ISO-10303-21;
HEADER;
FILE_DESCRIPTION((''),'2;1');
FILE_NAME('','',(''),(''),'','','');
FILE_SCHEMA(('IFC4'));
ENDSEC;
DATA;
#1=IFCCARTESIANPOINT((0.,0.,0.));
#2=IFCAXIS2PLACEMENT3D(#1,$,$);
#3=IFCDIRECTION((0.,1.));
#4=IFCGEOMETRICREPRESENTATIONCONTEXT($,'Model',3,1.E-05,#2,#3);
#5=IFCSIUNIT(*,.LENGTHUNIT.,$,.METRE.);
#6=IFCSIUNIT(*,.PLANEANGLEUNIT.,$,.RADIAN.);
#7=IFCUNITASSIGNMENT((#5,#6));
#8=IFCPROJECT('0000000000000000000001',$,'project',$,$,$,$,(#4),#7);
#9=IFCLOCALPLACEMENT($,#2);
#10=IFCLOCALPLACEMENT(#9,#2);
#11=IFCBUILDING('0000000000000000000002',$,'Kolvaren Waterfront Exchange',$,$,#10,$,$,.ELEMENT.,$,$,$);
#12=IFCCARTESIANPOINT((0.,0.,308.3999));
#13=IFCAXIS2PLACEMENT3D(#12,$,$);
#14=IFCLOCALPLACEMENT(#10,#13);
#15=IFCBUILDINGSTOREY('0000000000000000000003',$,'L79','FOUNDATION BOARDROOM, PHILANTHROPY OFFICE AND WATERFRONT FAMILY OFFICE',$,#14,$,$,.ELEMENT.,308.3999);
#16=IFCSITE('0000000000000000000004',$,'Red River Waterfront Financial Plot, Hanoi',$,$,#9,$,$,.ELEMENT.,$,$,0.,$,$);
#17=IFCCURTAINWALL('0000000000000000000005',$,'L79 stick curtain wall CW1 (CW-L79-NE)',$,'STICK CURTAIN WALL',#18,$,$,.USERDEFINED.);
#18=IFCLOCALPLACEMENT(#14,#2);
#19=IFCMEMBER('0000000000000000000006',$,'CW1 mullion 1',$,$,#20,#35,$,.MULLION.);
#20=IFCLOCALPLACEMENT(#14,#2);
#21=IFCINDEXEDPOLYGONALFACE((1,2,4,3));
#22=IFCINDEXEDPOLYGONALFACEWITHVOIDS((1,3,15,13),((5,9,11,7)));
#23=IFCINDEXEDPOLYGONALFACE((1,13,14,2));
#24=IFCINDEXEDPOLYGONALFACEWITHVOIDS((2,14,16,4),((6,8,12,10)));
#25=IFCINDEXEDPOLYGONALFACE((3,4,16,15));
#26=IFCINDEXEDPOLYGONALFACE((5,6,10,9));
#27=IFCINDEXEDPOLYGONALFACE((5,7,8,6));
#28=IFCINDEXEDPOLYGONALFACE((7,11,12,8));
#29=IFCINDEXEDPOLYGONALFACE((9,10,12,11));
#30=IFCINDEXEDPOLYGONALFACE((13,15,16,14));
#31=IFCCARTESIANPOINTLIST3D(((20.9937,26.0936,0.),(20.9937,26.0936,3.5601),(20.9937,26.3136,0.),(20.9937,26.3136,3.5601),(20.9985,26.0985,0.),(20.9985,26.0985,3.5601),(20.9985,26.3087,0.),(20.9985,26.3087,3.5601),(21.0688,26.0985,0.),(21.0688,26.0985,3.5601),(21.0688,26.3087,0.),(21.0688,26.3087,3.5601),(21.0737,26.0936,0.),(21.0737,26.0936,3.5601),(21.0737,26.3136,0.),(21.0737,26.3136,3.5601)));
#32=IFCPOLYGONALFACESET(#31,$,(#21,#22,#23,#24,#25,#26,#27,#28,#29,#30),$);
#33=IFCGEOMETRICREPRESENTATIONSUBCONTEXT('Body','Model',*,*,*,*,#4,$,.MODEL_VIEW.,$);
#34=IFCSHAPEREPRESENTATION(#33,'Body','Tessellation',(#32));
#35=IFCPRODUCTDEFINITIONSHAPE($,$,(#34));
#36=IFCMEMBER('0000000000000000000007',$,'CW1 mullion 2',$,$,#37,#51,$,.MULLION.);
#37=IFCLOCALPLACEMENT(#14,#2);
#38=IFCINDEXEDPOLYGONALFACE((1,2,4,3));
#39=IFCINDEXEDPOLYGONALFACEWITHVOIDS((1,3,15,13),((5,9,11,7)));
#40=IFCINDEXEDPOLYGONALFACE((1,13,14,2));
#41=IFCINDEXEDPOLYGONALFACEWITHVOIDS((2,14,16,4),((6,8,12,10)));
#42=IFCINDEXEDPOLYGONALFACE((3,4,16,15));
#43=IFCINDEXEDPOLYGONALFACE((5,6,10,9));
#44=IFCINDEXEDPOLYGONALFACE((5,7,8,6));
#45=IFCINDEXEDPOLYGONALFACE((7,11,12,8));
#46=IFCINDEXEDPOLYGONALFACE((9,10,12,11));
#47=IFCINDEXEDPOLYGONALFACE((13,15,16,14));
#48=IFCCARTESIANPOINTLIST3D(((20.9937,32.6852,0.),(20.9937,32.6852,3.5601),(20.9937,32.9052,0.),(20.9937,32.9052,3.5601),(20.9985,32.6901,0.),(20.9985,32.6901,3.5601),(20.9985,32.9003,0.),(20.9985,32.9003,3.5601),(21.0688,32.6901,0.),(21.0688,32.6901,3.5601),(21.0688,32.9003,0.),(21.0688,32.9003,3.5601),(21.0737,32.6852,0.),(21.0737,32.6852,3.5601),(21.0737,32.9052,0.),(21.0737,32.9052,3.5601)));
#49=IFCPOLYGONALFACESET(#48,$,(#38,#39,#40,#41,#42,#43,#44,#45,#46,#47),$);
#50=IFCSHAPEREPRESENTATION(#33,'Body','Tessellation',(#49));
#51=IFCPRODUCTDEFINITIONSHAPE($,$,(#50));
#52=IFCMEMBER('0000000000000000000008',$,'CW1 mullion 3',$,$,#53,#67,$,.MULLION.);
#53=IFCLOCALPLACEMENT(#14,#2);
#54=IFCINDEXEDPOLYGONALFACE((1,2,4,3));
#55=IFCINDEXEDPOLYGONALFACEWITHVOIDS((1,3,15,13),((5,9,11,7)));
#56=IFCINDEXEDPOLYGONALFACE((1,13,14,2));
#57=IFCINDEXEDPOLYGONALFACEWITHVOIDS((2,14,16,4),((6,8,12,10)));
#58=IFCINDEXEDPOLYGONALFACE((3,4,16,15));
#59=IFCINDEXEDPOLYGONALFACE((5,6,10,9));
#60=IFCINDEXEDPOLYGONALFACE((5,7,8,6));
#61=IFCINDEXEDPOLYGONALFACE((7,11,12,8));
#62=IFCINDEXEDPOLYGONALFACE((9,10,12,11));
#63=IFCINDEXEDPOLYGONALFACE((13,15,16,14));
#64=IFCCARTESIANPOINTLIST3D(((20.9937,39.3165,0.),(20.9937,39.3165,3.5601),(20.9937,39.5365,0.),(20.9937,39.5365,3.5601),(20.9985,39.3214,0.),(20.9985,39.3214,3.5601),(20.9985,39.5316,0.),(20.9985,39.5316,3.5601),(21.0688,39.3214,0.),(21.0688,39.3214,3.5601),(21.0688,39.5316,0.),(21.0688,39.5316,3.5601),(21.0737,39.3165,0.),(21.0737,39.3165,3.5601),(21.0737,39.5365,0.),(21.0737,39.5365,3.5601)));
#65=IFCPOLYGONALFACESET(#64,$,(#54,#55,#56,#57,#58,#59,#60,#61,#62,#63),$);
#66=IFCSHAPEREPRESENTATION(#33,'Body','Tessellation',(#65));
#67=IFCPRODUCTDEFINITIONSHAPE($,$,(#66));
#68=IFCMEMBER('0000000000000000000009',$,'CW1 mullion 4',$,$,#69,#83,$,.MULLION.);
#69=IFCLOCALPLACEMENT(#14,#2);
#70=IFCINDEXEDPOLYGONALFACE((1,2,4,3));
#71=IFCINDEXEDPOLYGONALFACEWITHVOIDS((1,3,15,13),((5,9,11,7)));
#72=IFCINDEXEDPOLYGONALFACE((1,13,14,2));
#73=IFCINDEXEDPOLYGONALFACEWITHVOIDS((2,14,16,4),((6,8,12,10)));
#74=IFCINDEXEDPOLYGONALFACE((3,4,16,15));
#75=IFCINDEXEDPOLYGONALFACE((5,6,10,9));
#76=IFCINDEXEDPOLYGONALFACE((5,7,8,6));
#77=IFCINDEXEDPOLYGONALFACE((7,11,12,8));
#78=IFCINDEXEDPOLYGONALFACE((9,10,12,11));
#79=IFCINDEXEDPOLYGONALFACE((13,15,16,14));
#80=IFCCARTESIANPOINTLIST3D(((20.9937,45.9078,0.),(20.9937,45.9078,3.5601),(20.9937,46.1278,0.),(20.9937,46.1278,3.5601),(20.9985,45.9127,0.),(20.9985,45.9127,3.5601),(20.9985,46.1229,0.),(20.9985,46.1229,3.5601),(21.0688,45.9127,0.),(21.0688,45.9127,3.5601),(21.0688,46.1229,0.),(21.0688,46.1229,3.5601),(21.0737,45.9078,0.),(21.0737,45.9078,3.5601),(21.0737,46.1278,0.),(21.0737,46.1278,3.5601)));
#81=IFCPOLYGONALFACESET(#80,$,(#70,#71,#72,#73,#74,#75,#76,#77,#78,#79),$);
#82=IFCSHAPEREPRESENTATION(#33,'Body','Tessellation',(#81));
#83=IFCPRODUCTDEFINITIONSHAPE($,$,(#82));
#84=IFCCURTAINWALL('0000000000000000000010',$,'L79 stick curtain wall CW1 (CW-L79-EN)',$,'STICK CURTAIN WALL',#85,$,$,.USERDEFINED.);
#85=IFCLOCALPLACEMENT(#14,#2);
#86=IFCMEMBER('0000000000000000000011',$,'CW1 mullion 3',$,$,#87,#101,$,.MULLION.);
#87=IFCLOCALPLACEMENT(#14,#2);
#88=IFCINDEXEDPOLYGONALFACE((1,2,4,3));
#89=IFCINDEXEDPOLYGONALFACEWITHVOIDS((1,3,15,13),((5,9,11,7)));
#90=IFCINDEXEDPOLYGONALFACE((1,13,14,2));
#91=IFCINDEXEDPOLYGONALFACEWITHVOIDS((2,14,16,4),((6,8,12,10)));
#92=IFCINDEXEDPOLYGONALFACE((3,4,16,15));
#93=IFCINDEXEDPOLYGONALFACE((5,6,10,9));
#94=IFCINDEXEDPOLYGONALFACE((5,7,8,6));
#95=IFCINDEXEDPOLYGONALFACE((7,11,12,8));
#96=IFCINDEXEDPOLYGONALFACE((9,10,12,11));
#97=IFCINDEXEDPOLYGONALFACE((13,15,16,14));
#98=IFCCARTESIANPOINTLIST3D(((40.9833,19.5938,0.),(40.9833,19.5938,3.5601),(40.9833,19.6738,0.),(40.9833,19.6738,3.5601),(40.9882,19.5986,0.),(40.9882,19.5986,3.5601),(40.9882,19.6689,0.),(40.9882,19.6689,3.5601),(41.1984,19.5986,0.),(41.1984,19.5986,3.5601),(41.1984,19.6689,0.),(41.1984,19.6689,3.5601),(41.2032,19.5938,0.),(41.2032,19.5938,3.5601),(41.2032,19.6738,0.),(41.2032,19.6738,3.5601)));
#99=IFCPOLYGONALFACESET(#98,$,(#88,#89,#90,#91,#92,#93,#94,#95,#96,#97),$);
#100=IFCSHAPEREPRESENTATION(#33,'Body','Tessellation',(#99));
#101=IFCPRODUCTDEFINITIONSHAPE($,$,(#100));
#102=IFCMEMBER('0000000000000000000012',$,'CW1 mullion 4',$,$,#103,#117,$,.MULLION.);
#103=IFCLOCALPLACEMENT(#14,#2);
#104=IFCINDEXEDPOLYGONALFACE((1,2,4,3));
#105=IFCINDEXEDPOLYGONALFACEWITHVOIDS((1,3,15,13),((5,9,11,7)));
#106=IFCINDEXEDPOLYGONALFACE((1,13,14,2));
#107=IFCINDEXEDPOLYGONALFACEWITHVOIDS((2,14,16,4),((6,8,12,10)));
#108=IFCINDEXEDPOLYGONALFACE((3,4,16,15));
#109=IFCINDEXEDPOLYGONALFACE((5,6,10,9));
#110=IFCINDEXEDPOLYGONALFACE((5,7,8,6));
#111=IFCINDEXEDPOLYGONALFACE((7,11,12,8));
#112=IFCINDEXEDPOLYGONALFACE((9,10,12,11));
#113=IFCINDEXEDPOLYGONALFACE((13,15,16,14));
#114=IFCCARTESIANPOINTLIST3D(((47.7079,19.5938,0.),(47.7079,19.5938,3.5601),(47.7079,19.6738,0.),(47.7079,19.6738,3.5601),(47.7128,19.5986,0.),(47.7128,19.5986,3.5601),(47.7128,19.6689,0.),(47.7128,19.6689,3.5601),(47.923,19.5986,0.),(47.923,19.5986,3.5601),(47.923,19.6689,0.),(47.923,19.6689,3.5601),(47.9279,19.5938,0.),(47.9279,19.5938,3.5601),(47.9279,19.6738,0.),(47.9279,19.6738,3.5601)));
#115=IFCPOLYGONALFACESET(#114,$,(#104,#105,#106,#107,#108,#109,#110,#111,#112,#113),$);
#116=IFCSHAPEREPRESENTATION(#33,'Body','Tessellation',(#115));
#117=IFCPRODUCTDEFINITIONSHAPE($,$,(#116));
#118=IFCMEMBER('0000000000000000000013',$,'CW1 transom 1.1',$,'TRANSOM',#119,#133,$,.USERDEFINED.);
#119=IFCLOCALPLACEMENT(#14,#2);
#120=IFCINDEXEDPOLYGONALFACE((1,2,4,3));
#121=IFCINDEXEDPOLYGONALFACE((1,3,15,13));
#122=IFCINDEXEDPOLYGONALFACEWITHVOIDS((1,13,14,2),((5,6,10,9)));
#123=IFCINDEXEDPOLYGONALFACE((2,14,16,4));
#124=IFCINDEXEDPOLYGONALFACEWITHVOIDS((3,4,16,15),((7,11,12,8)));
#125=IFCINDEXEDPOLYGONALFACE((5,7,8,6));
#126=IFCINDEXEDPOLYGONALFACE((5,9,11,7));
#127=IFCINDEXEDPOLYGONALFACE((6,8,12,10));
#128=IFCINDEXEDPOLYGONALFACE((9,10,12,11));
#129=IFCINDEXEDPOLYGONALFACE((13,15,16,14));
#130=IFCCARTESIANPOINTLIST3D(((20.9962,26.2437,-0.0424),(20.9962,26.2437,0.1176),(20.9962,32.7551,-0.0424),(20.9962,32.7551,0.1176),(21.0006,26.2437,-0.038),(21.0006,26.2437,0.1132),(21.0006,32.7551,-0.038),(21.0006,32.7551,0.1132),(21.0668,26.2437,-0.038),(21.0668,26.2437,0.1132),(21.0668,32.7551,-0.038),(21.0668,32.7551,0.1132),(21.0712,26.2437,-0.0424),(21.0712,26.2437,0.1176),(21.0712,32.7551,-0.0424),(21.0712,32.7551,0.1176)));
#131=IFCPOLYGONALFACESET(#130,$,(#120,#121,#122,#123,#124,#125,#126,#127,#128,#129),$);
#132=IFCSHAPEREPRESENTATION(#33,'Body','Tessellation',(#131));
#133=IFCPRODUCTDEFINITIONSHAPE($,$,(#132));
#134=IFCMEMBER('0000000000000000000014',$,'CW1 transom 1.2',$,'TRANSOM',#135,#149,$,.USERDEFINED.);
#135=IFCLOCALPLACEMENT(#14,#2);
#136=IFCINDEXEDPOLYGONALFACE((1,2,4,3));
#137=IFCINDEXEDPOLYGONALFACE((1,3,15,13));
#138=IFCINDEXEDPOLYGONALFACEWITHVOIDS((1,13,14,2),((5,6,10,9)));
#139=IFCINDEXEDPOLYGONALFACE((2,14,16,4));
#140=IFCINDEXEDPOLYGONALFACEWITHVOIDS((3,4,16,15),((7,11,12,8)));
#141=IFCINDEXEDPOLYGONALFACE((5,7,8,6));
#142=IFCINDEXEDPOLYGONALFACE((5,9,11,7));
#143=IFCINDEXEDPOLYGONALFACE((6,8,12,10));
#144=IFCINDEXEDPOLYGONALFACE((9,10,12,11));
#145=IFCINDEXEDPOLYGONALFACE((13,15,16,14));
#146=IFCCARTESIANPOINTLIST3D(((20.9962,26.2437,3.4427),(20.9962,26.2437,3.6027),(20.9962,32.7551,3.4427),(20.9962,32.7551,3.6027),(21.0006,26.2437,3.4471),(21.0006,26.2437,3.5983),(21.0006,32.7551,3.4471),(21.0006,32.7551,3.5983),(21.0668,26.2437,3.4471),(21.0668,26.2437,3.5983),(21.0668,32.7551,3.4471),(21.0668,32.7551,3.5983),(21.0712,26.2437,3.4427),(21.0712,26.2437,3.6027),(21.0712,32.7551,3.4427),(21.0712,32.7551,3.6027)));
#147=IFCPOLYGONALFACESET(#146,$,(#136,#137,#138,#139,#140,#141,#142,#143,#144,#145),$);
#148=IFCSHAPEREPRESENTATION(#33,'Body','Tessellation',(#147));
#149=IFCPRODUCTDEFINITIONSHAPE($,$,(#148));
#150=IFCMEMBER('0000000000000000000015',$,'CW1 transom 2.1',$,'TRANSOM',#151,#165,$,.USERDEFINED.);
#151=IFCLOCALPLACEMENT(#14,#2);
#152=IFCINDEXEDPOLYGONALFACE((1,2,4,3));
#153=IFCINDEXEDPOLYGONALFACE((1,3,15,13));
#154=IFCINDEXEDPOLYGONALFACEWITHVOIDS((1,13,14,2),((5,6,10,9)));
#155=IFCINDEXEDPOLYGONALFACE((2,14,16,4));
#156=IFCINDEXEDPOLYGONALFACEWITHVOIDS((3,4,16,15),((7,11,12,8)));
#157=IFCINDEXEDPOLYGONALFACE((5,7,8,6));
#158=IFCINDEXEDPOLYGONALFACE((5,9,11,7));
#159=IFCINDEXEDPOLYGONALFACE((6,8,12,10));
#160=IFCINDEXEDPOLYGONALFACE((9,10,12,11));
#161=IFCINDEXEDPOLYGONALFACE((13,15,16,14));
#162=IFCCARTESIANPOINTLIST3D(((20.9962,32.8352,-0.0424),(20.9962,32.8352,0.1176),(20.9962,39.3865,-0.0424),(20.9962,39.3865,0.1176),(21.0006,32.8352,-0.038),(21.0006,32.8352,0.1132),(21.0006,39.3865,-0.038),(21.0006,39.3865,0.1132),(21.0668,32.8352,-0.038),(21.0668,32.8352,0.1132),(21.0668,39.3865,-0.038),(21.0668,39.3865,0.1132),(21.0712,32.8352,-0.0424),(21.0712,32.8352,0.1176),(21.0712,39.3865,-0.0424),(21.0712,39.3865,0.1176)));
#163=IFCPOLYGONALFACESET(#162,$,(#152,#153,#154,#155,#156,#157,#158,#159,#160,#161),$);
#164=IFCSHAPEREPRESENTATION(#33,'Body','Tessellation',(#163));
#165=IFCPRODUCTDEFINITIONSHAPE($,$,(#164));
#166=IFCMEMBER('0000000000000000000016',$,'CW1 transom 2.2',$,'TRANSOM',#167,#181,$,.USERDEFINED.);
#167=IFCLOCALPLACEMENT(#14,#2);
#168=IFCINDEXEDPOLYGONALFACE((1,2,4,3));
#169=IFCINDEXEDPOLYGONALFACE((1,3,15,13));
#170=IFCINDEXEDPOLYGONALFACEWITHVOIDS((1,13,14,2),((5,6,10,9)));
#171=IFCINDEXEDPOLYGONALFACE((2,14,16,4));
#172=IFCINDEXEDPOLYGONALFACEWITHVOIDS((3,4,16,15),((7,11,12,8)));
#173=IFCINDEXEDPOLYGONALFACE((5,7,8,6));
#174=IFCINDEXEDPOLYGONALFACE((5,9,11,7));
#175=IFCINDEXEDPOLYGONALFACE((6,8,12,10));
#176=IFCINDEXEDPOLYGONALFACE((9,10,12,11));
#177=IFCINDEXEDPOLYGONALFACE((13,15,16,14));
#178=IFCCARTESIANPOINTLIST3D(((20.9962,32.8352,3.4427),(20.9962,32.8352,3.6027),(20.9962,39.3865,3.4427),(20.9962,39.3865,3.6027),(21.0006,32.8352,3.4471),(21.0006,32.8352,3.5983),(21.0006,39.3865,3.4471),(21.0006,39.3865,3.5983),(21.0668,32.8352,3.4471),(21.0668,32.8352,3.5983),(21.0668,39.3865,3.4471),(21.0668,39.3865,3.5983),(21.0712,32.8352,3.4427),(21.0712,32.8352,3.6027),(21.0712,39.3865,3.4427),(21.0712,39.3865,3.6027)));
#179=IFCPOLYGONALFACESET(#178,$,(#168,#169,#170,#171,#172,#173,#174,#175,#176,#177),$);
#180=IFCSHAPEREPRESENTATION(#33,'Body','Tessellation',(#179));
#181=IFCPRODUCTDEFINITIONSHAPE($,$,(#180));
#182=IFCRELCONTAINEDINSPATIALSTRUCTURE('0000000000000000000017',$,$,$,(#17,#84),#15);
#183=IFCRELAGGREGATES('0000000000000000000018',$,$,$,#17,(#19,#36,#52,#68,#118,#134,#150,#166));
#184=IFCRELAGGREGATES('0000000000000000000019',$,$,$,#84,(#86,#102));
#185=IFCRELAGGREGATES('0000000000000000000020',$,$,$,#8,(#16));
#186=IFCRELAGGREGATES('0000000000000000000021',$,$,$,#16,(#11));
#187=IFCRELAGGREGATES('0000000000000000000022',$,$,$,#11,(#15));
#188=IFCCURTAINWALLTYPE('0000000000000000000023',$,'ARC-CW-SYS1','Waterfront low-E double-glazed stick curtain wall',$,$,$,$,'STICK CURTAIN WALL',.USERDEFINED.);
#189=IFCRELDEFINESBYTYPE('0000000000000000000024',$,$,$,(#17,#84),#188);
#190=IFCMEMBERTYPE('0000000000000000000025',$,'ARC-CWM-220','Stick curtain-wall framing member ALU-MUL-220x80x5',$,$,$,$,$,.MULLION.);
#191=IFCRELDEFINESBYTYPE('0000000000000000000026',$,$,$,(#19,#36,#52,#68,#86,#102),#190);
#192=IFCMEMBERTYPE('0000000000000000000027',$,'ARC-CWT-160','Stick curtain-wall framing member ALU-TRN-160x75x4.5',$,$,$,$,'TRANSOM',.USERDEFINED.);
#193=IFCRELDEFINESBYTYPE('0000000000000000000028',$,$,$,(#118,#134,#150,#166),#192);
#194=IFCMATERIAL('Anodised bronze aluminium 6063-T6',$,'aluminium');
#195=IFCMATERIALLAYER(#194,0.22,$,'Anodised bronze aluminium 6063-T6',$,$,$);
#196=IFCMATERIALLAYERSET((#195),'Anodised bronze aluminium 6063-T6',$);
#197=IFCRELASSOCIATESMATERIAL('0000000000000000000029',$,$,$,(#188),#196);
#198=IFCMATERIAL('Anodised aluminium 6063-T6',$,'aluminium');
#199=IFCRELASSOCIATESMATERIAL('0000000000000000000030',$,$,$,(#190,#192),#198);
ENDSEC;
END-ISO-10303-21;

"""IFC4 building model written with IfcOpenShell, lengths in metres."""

from ifc_helpers import new_model, si_unit, direction, frame, origin, origin_with_axes, origin_2d, place, context, subcontext, project, spatial, hollow_rectangle, extrude, source, transform, mapped, material, layer, layer_set, material_profile, profile_set, type_object, element, aggregate, save


model = new_model("IFC4")

# Units and contexts
model_context = context("Model", 3, precision=1e-05, world=origin(), true_north=direction((0.0, 1.0)))
body_context = subcontext(model_context, "Body", "Model", "MODEL_VIEW")
ifc_project = project(units=[si_unit("LENGTHUNIT", "METRE"), si_unit("PLANEANGLEUNIT", "RADIAN")], contexts=[model_context])

# Site, building, storey
site_placement = place(None, origin())
site = spatial("IfcSite", under=ifc_project, at=site_placement, Name="Red River Waterfront Financial Plot, Hanoi", CompositionType="ELEMENT", RefElevation=0.0)
building_placement = place(site_placement, origin())
building = spatial("IfcBuilding", under=site, at=building_placement, Name="Kolvaren Waterfront Exchange", CompositionType="ELEMENT")
storey_placement = place(building_placement, frame((0.0, 0.0, 308.3999)))
storey = spatial("IfcBuildingStorey", under=building, at=storey_placement, Name="L79", Description="FOUNDATION BOARDROOM, PHILANTHROPY OFFICE AND WATERFRONT FAMILY OFFICE", CompositionType="ELEMENT", Elevation=308.3999)

# Curtain walls, members
ifc_material_1 = material(Name="Anodised bronze aluminium 6063-T6", Category="aluminium")
ifc_layer_1 = layer(ifc_material_1, 0.22, Name="Anodised bronze aluminium 6063-T6")
ifc_layer_set_1 = layer_set([ifc_layer_1], Name="Anodised bronze aluminium 6063-T6")
curtain_wall_type = type_object("IfcCurtainWallType", Name="ARC-CW-SYS1", Description="Waterfront low-E double-glazed stick curtain wall", ElementType="STICK CURTAIN WALL", PredefinedType="USERDEFINED", material=ifc_layer_set_1)
curtain_wall_1_placement = place(storey_placement, origin())
curtain_wall_1 = element("IfcCurtainWall", 1, at=curtain_wall_1_placement, inside=storey, type_object=curtain_wall_type, Name="L79 stick curtain wall CW1 (CW-L79-NE)", ObjectType="STICK CURTAIN WALL", PredefinedType="USERDEFINED")
ifc_material_2 = material(Name="Anodised aluminium 6063-T6", Category="aluminium")
ifc_material_profile_1 = material_profile(ifc_material_2, hollow_rectangle(XDim=0.0801, YDim=0.22, WallThickness=0.0049, at=origin_2d()), Name="ALU-MUL-220x80x5")
ifc_profile_set_1 = profile_set([ifc_material_profile_1], Name="Anodised aluminium 6063-T6")
member_type_1 = type_object("IfcMemberType", Name="ARC-CWM-220", Description="Stick curtain-wall framing member ALU-MUL-220x80x5", PredefinedType="MULLION", material=ifc_profile_set_1)
shared_shape_1 = source(origin_with_axes(), body_context, "Body", "SweptSolid", [
    extrude(hollow_rectangle(XDim=0.0801, YDim=0.22, WallThickness=0.0049, at=origin_2d()), origin(), (0.0, 0.0, 1.0), 3.5601),
])
member_1_placement = place(storey_placement, frame((21.0337, 26.2036, 0.0), z_axis=(0.0, 0.0, 1.0), x_axis=(-1.0, 0.0, 0.0)))
member_1 = element("IfcMember", 2, at=member_1_placement, type_object=member_type_1, Name="CW1 mullion 1", PredefinedType="MULLION", context=body_context, shape_type="MappedRepresentation", body=[
    mapped(shared_shape_1, transform((0.0, 0.0, 0.0), x_axis=(1.0, 0.0, 0.0), y_axis=(0.0, 1.0, 0.0), z_axis=(0.0, 0.0, 1.0), scale=1.0)),
])
member_2_placement = place(storey_placement, frame((21.0337, 32.7952, 0.0), z_axis=(0.0, 0.0, 1.0), x_axis=(-1.0, 0.0, 0.0)))
member_2 = element("IfcMember", 3, at=member_2_placement, type_object=member_type_1, Name="CW1 mullion 2", PredefinedType="MULLION", context=body_context, shape_type="MappedRepresentation", body=[
    mapped(shared_shape_1, transform((0.0, 0.0, 0.0), x_axis=(1.0, 0.0, 0.0), y_axis=(0.0, 1.0, 0.0), z_axis=(0.0, 0.0, 1.0), scale=1.0)),
])
member_3_placement = place(storey_placement, frame((21.0337, 39.4265, 0.0), z_axis=(0.0, 0.0, 1.0), x_axis=(-1.0, 0.0, 0.0)))
member_3 = element("IfcMember", 4, at=member_3_placement, type_object=member_type_1, Name="CW1 mullion 3", PredefinedType="MULLION", context=body_context, shape_type="MappedRepresentation", body=[
    mapped(shared_shape_1, transform((0.0, 0.0, 0.0), x_axis=(1.0, 0.0, 0.0), y_axis=(0.0, 1.0, 0.0), z_axis=(0.0, 0.0, 1.0), scale=1.0)),
])
member_4_placement = place(storey_placement, frame((21.0337, 46.0178, 0.0), z_axis=(0.0, 0.0, 1.0), x_axis=(-1.0, 0.0, 0.0)))
member_4 = element("IfcMember", 5, at=member_4_placement, type_object=member_type_1, Name="CW1 mullion 4", PredefinedType="MULLION", context=body_context, shape_type="MappedRepresentation", body=[
    mapped(shared_shape_1, transform((0.0, 0.0, 0.0), x_axis=(1.0, 0.0, 0.0), y_axis=(0.0, 1.0, 0.0), z_axis=(0.0, 0.0, 1.0), scale=1.0)),
])
curtain_wall_2_placement = place(storey_placement, origin())
curtain_wall_2 = element("IfcCurtainWall", 6, at=curtain_wall_2_placement, inside=storey, type_object=curtain_wall_type, Name="L79 stick curtain wall CW1 (CW-L79-EN)", ObjectType="STICK CURTAIN WALL", PredefinedType="USERDEFINED")
member_5_placement = place(storey_placement, frame((41.0933, 19.6338, 0.0), z_axis=(0.0, 0.0, 1.0), x_axis=(0.0, 1.0, 0.0)))
member_5 = element("IfcMember", 7, at=member_5_placement, type_object=member_type_1, Name="CW1 mullion 3", PredefinedType="MULLION", context=body_context, shape_type="MappedRepresentation", body=[
    mapped(shared_shape_1, transform((0.0, 0.0, 0.0), x_axis=(1.0, 0.0, 0.0), y_axis=(0.0, 1.0, 0.0), z_axis=(0.0, 0.0, 1.0), scale=1.0)),
])
member_6_placement = place(storey_placement, frame((47.8179, 19.6338, 0.0), z_axis=(0.0, 0.0, 1.0), x_axis=(0.0, 1.0, 0.0)))
member_6 = element("IfcMember", 8, at=member_6_placement, type_object=member_type_1, Name="CW1 mullion 4", PredefinedType="MULLION", context=body_context, shape_type="MappedRepresentation", body=[
    mapped(shared_shape_1, transform((0.0, 0.0, 0.0), x_axis=(1.0, 0.0, 0.0), y_axis=(0.0, 1.0, 0.0), z_axis=(0.0, 0.0, 1.0), scale=1.0)),
])

# Members
ifc_material_profile_2 = material_profile(ifc_material_2, hollow_rectangle(XDim=0.075, YDim=0.1599, WallThickness=0.0044, at=origin_2d()), Name="ALU-TRN-160x75x4.5")
ifc_profile_set_2 = profile_set([ifc_material_profile_2], Name="Anodised aluminium 6063-T6")
member_type_2 = type_object("IfcMemberType", Name="ARC-CWT-160", Description="Stick curtain-wall framing member ALU-TRN-160x75x4.5", ElementType="TRANSOM", PredefinedType="USERDEFINED", material=ifc_profile_set_2)
shared_shape_2 = source(origin_with_axes(), body_context, "Body", "SweptSolid", [
    extrude(hollow_rectangle(XDim=0.075, YDim=0.1599, WallThickness=0.0044, at=origin_2d()), origin(), (0.0, 0.0, 1.0), 6.5115),
])
member_7_placement = place(storey_placement, frame((21.0337, 26.2437, 0.0376), z_axis=(0.0, 1.0, 0.0), x_axis=(-1.0, 0.0, 0.0)))
member_7 = element("IfcMember", 9, at=member_7_placement, type_object=member_type_2, Name="CW1 transom 1.1", ObjectType="TRANSOM", PredefinedType="USERDEFINED", context=body_context, shape_type="MappedRepresentation", body=[
    mapped(shared_shape_2, transform((0.0, 0.0, 0.0), x_axis=(1.0, 0.0, 0.0), y_axis=(0.0, 1.0, 0.0), z_axis=(0.0, 0.0, 1.0), scale=1.0)),
])
member_8_placement = place(storey_placement, frame((21.0337, 26.2437, 3.5227), z_axis=(0.0, 1.0, 0.0), x_axis=(-1.0, 0.0, 0.0)))
member_8 = element("IfcMember", 10, at=member_8_placement, type_object=member_type_2, Name="CW1 transom 1.2", ObjectType="TRANSOM", PredefinedType="USERDEFINED", context=body_context, shape_type="MappedRepresentation", body=[
    mapped(shared_shape_2, transform((0.0, 0.0, 0.0), x_axis=(1.0, 0.0, 0.0), y_axis=(0.0, 1.0, 0.0), z_axis=(0.0, 0.0, 1.0), scale=1.0)),
])
shared_shape_3 = source(origin_with_axes(), body_context, "Body", "SweptSolid", [
    extrude(hollow_rectangle(XDim=0.075, YDim=0.1599, WallThickness=0.0044, at=origin_2d()), origin(), (0.0, 0.0, 1.0), 6.5513),
])
member_9_placement = place(storey_placement, frame((21.0337, 32.8352, 0.0376), z_axis=(0.0, 1.0, 0.0), x_axis=(-1.0, 0.0, 0.0)))
member_9 = element("IfcMember", 11, at=member_9_placement, type_object=member_type_2, Name="CW1 transom 2.1", ObjectType="TRANSOM", PredefinedType="USERDEFINED", context=body_context, shape_type="MappedRepresentation", body=[
    mapped(shared_shape_3, transform((0.0, 0.0, 0.0), x_axis=(1.0, 0.0, 0.0), y_axis=(0.0, 1.0, 0.0), z_axis=(0.0, 0.0, 1.0), scale=1.0)),
])
member_10_placement = place(storey_placement, frame((21.0337, 32.8352, 3.5227), z_axis=(0.0, 1.0, 0.0), x_axis=(-1.0, 0.0, 0.0)))
member_10 = element("IfcMember", 12, at=member_10_placement, type_object=member_type_2, Name="CW1 transom 2.2", ObjectType="TRANSOM", PredefinedType="USERDEFINED", context=body_context, shape_type="MappedRepresentation", body=[
    mapped(shared_shape_3, transform((0.0, 0.0, 0.0), x_axis=(1.0, 0.0, 0.0), y_axis=(0.0, 1.0, 0.0), z_axis=(0.0, 0.0, 1.0), scale=1.0)),
])

aggregate(curtain_wall_1, [member_1, member_2, member_3, member_4, member_7, member_8, member_9, member_10])
aggregate(curtain_wall_2, [member_5, member_6])

save(model, "model.ifc")
